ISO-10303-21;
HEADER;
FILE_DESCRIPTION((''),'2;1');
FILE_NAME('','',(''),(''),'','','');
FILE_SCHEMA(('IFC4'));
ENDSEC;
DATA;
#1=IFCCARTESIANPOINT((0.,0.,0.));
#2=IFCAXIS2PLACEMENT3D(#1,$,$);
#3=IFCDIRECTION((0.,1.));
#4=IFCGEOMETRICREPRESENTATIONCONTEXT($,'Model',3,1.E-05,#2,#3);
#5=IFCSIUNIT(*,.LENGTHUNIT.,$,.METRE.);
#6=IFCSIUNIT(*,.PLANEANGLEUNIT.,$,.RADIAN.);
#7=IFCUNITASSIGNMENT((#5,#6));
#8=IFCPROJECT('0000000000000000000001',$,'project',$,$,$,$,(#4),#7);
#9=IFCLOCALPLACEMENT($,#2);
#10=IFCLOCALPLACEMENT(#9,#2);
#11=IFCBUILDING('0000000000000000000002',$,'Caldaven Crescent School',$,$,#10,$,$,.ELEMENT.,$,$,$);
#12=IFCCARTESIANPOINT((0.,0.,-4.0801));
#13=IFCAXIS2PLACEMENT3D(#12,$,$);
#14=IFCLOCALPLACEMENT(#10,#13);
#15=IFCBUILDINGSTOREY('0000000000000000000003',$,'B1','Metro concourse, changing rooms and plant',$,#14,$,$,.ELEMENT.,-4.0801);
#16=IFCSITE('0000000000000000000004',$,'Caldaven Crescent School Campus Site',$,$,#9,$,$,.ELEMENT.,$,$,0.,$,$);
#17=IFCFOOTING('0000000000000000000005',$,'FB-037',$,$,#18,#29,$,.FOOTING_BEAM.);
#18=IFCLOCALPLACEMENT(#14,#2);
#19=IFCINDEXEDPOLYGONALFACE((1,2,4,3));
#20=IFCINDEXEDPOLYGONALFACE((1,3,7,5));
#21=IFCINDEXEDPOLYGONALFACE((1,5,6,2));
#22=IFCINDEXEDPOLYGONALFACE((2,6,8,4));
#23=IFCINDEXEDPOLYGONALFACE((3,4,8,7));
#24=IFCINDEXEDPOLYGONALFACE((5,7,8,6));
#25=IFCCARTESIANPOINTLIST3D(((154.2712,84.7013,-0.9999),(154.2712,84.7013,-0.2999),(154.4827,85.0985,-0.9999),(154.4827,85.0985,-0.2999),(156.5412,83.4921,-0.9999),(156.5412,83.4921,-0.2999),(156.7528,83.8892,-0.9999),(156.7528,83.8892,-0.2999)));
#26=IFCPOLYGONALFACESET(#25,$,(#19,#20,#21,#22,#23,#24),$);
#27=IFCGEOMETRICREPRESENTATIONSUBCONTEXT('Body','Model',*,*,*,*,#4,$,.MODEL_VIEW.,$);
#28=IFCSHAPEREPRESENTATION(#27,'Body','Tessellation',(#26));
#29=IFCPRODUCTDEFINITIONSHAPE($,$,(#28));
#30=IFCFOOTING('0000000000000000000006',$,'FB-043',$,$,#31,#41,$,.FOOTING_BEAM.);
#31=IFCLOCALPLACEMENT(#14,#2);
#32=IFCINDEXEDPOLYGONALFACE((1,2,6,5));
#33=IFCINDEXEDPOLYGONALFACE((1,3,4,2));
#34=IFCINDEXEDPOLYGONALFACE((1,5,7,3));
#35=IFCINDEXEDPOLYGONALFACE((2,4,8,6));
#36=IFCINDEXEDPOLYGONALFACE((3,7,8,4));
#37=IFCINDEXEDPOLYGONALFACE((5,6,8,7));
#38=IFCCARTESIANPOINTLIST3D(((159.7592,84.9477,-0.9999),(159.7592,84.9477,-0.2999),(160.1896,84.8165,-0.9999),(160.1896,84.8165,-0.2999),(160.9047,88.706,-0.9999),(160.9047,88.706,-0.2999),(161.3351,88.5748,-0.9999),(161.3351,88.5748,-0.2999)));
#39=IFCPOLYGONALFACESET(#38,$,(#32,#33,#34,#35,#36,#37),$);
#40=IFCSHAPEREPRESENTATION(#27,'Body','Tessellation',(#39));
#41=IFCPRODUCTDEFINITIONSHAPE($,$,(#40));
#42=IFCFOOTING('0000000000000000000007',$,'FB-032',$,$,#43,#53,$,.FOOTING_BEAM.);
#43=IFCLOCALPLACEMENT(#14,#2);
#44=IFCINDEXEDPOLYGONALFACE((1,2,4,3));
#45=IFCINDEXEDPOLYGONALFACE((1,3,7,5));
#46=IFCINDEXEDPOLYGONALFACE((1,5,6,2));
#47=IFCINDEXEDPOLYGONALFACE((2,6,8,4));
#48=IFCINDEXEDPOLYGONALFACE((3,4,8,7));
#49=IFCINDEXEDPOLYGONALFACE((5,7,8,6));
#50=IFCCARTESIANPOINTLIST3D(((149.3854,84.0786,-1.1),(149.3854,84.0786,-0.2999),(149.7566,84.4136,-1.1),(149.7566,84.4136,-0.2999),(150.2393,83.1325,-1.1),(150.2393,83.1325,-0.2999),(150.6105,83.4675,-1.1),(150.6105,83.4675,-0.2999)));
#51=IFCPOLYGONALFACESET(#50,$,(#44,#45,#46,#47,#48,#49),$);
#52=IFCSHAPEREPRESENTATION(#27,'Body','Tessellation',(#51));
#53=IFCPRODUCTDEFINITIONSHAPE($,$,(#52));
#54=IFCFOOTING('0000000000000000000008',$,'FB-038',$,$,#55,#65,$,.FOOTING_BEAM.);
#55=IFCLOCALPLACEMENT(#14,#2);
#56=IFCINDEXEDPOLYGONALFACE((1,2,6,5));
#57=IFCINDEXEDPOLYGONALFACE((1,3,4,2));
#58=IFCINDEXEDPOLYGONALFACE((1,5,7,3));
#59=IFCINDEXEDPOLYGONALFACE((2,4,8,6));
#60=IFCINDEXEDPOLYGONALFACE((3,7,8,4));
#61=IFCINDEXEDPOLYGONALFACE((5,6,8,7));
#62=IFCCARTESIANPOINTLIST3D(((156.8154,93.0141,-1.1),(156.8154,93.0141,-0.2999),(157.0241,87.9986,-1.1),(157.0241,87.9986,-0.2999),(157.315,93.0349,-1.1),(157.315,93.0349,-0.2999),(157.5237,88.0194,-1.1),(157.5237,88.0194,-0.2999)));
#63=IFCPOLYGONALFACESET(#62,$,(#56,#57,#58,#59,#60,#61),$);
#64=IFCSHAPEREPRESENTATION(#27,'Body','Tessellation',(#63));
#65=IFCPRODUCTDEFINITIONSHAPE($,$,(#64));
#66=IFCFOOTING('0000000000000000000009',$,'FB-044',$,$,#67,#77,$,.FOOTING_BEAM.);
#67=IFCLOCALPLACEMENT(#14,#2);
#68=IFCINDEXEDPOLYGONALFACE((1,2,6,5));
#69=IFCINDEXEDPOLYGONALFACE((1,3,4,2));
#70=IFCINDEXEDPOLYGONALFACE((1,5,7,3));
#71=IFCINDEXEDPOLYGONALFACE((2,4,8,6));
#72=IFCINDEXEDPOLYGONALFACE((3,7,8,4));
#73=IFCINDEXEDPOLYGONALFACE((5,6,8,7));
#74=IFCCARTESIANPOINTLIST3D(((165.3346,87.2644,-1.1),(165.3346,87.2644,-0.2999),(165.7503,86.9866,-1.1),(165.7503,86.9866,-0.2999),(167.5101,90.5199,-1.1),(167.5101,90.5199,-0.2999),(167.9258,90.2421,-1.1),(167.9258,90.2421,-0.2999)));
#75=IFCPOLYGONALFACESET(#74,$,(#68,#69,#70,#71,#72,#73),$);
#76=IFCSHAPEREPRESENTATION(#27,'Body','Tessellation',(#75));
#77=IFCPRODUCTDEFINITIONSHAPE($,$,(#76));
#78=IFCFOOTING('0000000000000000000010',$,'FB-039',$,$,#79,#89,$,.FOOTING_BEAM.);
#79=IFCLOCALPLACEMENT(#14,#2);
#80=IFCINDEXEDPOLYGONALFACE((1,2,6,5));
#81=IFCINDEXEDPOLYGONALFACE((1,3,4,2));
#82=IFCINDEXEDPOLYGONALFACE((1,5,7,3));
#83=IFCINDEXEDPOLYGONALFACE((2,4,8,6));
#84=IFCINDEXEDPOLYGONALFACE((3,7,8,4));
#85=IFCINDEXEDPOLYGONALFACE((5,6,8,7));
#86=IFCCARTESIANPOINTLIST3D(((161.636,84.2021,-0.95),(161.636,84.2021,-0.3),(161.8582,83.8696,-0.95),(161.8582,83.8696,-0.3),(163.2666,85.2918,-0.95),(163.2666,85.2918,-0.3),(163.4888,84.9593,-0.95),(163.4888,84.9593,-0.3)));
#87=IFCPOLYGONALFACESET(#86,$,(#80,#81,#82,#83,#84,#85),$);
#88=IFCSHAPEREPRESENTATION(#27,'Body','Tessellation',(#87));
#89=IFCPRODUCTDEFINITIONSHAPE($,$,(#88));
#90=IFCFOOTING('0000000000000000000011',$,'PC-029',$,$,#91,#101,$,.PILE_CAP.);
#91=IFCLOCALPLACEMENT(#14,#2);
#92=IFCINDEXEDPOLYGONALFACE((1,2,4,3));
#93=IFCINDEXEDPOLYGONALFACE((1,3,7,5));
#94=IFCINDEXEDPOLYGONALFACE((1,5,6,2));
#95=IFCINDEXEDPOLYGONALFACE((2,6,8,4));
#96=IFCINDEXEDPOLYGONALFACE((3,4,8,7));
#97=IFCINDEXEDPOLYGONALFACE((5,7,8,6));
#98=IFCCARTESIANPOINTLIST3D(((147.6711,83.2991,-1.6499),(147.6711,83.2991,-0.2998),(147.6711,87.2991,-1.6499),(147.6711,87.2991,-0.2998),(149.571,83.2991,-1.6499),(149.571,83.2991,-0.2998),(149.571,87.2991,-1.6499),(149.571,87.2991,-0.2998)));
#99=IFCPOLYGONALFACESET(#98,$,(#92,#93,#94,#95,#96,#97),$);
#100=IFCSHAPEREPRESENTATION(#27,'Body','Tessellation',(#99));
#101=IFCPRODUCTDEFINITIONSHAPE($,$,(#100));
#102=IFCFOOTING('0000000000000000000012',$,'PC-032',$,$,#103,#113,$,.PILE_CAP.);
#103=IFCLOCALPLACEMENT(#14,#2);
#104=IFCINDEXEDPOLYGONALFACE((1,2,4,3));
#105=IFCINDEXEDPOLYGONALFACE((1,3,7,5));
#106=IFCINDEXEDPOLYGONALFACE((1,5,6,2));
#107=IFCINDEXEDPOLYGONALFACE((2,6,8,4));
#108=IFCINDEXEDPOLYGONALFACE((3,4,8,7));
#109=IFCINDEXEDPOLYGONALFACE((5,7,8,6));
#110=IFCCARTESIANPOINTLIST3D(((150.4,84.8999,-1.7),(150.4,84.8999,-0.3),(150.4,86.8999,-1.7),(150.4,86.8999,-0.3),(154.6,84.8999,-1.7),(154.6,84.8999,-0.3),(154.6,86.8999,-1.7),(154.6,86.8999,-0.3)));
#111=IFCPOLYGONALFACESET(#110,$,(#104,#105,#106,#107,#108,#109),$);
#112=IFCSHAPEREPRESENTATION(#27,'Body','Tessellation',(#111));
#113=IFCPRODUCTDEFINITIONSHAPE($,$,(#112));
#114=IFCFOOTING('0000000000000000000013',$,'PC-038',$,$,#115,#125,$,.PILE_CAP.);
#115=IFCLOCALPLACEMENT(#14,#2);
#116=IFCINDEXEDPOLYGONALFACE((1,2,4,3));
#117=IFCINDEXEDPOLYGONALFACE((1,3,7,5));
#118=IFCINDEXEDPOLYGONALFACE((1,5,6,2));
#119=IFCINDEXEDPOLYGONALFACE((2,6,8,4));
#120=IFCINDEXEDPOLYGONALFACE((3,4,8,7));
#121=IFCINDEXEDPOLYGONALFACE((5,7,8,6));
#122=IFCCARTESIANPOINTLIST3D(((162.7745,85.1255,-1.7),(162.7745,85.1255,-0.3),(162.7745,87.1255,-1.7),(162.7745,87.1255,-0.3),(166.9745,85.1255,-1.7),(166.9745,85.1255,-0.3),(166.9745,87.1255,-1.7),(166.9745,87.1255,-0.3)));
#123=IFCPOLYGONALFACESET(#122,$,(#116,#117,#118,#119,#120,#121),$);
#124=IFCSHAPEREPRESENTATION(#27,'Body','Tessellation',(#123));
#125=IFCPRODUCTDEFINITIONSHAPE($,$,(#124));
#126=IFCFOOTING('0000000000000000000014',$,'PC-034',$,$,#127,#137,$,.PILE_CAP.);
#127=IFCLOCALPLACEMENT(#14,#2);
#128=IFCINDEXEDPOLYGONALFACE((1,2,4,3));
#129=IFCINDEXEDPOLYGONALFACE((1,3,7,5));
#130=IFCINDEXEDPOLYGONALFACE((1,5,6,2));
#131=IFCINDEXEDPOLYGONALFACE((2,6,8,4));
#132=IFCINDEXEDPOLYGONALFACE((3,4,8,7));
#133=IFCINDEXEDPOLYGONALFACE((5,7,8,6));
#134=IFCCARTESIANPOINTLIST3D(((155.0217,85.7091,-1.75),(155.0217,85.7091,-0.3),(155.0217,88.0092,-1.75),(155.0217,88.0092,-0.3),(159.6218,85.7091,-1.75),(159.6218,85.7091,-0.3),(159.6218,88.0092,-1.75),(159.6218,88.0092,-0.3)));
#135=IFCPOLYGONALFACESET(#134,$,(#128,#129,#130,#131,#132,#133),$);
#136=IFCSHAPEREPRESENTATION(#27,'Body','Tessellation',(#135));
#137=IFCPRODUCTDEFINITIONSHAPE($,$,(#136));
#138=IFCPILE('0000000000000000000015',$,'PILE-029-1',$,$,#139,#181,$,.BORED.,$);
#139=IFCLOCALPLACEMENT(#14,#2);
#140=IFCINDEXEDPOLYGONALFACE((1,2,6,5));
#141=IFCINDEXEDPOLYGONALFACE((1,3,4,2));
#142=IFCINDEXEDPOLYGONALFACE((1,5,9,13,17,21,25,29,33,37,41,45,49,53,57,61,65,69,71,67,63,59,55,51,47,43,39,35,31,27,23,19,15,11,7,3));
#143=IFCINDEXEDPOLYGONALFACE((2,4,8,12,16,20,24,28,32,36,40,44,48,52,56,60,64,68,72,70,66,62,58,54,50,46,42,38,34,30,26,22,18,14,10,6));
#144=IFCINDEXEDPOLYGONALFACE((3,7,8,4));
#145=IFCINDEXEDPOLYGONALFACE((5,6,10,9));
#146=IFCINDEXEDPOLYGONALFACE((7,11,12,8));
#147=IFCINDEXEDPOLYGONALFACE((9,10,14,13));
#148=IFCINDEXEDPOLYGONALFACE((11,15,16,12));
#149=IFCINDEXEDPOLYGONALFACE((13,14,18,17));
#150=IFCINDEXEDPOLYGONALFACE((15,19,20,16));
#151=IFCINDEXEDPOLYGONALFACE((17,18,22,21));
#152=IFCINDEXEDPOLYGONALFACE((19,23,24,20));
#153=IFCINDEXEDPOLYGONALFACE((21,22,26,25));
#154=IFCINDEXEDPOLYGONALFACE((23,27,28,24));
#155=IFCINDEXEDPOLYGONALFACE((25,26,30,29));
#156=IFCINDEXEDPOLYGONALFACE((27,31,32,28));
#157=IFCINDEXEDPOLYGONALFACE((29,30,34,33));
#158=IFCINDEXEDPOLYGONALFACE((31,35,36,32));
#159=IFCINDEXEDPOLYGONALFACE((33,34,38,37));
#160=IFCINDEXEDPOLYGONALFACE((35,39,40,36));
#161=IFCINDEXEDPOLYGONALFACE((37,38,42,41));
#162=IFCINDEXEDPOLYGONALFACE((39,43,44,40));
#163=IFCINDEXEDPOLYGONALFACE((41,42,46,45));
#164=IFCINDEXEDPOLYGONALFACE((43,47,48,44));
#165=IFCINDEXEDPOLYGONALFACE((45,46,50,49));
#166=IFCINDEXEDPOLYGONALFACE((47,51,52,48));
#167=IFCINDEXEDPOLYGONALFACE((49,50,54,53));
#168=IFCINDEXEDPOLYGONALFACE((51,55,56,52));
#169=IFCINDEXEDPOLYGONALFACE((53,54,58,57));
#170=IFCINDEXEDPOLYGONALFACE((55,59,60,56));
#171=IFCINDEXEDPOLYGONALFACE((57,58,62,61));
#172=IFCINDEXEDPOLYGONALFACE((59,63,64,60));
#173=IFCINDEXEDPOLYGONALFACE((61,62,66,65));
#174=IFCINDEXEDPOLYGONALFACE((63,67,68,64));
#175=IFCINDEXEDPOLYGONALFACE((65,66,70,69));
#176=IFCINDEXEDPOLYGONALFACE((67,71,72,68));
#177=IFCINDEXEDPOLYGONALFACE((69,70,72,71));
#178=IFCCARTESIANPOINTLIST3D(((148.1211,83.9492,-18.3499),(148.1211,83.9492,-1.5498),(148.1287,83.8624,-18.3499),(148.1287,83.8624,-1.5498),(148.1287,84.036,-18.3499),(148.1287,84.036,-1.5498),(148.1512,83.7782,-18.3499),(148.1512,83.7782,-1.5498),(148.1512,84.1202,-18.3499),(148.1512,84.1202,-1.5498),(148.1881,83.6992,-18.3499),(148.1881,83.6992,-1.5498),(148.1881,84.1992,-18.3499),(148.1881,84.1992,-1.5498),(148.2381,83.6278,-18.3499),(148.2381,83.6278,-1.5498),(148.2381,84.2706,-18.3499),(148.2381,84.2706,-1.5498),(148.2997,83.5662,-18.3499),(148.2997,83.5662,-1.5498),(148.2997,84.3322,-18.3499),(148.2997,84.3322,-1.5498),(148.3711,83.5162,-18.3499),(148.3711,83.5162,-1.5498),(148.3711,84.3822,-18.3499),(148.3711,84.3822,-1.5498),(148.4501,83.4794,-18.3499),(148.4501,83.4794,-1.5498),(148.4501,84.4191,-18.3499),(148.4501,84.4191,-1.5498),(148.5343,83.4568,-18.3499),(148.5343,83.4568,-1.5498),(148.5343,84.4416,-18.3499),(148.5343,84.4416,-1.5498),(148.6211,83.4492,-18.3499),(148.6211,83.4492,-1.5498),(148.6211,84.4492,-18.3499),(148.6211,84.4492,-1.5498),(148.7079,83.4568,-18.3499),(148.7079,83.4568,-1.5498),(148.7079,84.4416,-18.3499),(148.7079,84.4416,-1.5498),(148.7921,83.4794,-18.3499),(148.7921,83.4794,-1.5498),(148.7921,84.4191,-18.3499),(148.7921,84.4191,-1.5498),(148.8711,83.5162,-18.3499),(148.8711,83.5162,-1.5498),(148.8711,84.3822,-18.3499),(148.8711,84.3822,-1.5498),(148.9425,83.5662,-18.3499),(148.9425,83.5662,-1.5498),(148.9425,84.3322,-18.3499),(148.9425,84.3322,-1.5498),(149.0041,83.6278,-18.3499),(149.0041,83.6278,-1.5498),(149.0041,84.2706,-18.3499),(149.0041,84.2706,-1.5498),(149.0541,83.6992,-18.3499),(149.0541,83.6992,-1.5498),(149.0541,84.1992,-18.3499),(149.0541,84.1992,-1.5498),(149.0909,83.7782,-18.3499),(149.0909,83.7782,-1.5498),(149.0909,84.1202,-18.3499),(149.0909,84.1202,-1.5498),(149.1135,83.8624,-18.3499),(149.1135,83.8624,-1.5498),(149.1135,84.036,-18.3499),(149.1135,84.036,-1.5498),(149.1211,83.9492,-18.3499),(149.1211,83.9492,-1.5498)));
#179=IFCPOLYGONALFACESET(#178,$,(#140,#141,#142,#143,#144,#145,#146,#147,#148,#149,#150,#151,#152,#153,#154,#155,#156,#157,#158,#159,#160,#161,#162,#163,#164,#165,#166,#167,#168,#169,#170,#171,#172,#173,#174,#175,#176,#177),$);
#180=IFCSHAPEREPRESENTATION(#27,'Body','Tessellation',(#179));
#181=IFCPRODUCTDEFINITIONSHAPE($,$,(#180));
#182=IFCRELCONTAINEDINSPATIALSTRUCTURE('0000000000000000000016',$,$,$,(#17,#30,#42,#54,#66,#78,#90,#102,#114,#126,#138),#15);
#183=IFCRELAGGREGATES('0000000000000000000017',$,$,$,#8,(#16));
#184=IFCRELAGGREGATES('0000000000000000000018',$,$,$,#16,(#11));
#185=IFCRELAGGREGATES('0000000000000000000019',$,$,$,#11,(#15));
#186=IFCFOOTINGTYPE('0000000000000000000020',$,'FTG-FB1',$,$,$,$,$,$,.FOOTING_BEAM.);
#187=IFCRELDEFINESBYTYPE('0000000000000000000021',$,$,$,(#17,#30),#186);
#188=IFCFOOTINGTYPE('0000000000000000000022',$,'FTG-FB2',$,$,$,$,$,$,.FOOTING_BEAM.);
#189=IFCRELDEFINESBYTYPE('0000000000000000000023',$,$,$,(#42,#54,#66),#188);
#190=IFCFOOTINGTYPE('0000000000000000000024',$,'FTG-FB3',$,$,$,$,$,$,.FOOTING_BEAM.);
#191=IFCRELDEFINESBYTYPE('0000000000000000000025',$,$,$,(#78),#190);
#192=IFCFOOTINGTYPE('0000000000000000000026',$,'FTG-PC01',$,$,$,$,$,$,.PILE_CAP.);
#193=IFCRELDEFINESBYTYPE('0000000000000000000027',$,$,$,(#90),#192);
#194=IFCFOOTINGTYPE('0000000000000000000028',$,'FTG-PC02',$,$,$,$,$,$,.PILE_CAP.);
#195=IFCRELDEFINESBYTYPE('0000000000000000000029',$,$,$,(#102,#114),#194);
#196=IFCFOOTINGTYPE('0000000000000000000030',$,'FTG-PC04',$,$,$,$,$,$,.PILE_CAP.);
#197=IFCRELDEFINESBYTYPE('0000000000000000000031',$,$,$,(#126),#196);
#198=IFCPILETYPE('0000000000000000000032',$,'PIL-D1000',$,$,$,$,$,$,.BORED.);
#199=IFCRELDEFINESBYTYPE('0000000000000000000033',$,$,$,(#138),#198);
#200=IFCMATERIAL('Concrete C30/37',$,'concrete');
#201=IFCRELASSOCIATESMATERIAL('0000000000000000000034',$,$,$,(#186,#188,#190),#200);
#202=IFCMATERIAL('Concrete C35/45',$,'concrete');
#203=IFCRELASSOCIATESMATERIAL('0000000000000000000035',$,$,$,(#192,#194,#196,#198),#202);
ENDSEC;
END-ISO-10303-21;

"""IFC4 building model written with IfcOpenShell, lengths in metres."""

from ifc_helpers import new_model, si_unit, direction, frame, origin, origin_2d, place, context, subcontext, project, spatial, rectangle, circle, extrude, material, material_profile, profile_set, type_object, element, save


model = new_model("IFC4")

# Units and contexts
model_context = context("Model", 3, precision=1e-05, world=origin(), true_north=direction((0.0, 1.0)))
body_context = subcontext(model_context, "Body", "Model", "MODEL_VIEW")
ifc_project = project(units=[si_unit("LENGTHUNIT", "METRE"), si_unit("PLANEANGLEUNIT", "RADIAN")], contexts=[model_context])

# Site, building, storey
site_placement = place(None, origin())
site = spatial("IfcSite", under=ifc_project, at=site_placement, Name="Caldaven Crescent School Campus Site", CompositionType="ELEMENT", RefElevation=0.0)
building_placement = place(site_placement, origin())
building = spatial("IfcBuilding", under=site, at=building_placement, Name="Caldaven Crescent School", CompositionType="ELEMENT")
storey_placement = place(building_placement, frame((0.0, 0.0, -4.0801)))
storey = spatial("IfcBuildingStorey", under=building, at=storey_placement, Name="B1", Description="Metro concourse, changing rooms and plant", CompositionType="ELEMENT", Elevation=-4.0801)

# Footings
ifc_material_1 = material(Name="Concrete C30/37", Category="concrete")
ifc_material_profile_1 = material_profile(ifc_material_1, rectangle(XDim=0.45, YDim=0.7, at=origin_2d()), Name="FB 450x700")
ifc_profile_set_1 = profile_set([ifc_material_profile_1], Name="Concrete C30/37")
footing_type_1 = type_object("IfcFootingType", Name="FTG-FB1", PredefinedType="FOOTING_BEAM", material=ifc_profile_set_1)
footing_1_placement = place(storey_placement, frame((154.377, 84.8999, -0.6499), z_axis=(0.882587, -0.47015, 0.0), x_axis=(0.47015, 0.882587, 0.0)))
element("IfcFooting", 1, at=footing_1_placement, inside=storey, type_object=footing_type_1, Name="FB-037", PredefinedType="FOOTING_BEAM", context=body_context, shape_type="SweptSolid", body=[
    extrude(rectangle(XDim=0.45, YDim=0.7, at=origin_2d()), origin(), (0.0, 0.0, 1.0), 2.572),
])
footing_2_placement = place(storey_placement, frame((161.1199, 88.6404, -0.6499), z_axis=(-0.291552, -0.956555, 0.0), x_axis=(0.956555, -0.291552, 0.0)))
element("IfcFooting", 2, at=footing_2_placement, inside=storey, type_object=footing_type_1, Name="FB-043", PredefinedType="FOOTING_BEAM", context=body_context, shape_type="SweptSolid", body=[
    extrude(rectangle(XDim=0.45, YDim=0.7, at=origin_2d()), origin(), (0.0, 0.0, 1.0), 3.929),
])
ifc_material_profile_2 = material_profile(ifc_material_1, rectangle(XDim=0.5, YDim=0.8, at=origin_2d()), Name="FB 500x800")
ifc_profile_set_2 = profile_set([ifc_material_profile_2], Name="Concrete C30/37")
footing_type_2 = type_object("IfcFootingType", Name="FTG-FB2", PredefinedType="FOOTING_BEAM", material=ifc_profile_set_2)
footing_3_placement = place(storey_placement, frame((149.571, 84.2461, -0.7), z_axis=(0.66997, -0.742388, 0.0), x_axis=(0.742388, 0.66997, 0.0)))
element("IfcFooting", 3, at=footing_3_placement, inside=storey, type_object=footing_type_2, Name="FB-032", PredefinedType="FOOTING_BEAM", context=body_context, shape_type="SweptSolid", body=[
    extrude(rectangle(XDim=0.5, YDim=0.8, at=origin_2d()), origin(), (0.0, 0.0, 1.0), 1.2744),
])
footing_4_placement = place(storey_placement, frame((157.2739, 88.009, -0.7), z_axis=(-0.041584, 0.999135, 0.0), x_axis=(-0.999135, -0.041584, 0.0)))
element("IfcFooting", 4, at=footing_4_placement, inside=storey, type_object=footing_type_2, Name="FB-038", PredefinedType="FOOTING_BEAM", context=body_context, shape_type="SweptSolid", body=[
    extrude(rectangle(XDim=0.5, YDim=0.8, at=origin_2d()), origin(), (0.0, 0.0, 1.0), 5.0198),
])
footing_5_placement = place(storey_placement, frame((165.5425, 87.1255, -0.7), z_axis=(0.555606, 0.831445, 0.0), x_axis=(-0.831445, 0.555606, 0.0)))
element("IfcFooting", 5, at=footing_5_placement, inside=storey, type_object=footing_type_2, Name="FB-044", PredefinedType="FOOTING_BEAM", context=body_context, shape_type="SweptSolid", body=[
    extrude(rectangle(XDim=0.5, YDim=0.8, at=origin_2d()), origin(), (0.0, 0.0, 1.0), 3.9155),
])
ifc_material_profile_3 = material_profile(ifc_material_1, rectangle(XDim=0.3999, YDim=0.6499, at=origin_2d()), Name="FB 400x650")
ifc_profile_set_3 = profile_set([ifc_material_profile_3], Name="Concrete C30/37")
footing_type_3 = type_object("IfcFootingType", Name="FTG-FB3", PredefinedType="FOOTING_BEAM", material=ifc_profile_set_3)
footing_6_placement = place(storey_placement, frame((161.7471, 84.0359, -0.625), z_axis=(0.831456, 0.55559, 0.0), x_axis=(-0.55559, 0.831456, 0.0)))
element("IfcFooting", 6, at=footing_6_placement, inside=storey, type_object=footing_type_3, Name="FB-039", PredefinedType="FOOTING_BEAM", context=body_context, shape_type="SweptSolid", body=[
    extrude(rectangle(XDim=0.3999, YDim=0.6499, at=origin_2d()), origin(), (0.0, 0.0, 1.0), 1.9612),
])
ifc_material_2 = material(Name="Concrete C35/45", Category="concrete")
footing_type_4 = type_object("IfcFootingType", Name="FTG-PC01", PredefinedType="PILE_CAP", material=ifc_material_2)
footing_7_placement = place(storey_placement, frame((148.6211, 85.2991, -1.6499), z_axis=(0.0, 0.0, 1.0), x_axis=(0.0, 1.0, 0.0)))
element("IfcFooting", 7, at=footing_7_placement, inside=storey, type_object=footing_type_4, Name="PC-029", PredefinedType="PILE_CAP", context=body_context, shape_type="SweptSolid", body=[
    extrude(rectangle(XDim=4.0, YDim=1.8999, at=origin_2d()), origin(), (0.0, 0.0, 1.0), 1.3501),
])
footing_type_5 = type_object("IfcFootingType", Name="FTG-PC02", PredefinedType="PILE_CAP", material=ifc_material_2)
for number, where, z_axis, x_axis, name in (
    (8, (152.5, 85.8999, -1.7), (0.0, 0.0, 1.0), (1.0, 0.0, 0.0), "PC-032"),
    (9, (164.8745, 86.1255, -1.7), (0.0, 0.0, 1.0), (1.0, 0.0, 0.0), "PC-038"),
):
    element("IfcFooting", number, at=place(storey_placement, frame(where, z_axis=z_axis, x_axis=x_axis)), inside=storey, type_object=footing_type_5, Name=name, PredefinedType="PILE_CAP", context=body_context, shape_type="SweptSolid", body=[
        extrude(rectangle(XDim=4.2, YDim=2.0, at=origin_2d()), origin(), (0.0, 0.0, 1.0), 1.3999),
    ])
footing_type_6 = type_object("IfcFootingType", Name="FTG-PC04", PredefinedType="PILE_CAP", material=ifc_material_2)
footing_8_placement = place(storey_placement, frame((157.3218, 86.8591, -1.75), z_axis=(0.0, 0.0, 1.0), x_axis=(1.0, 0.0, 0.0)))
element("IfcFooting", 10, at=footing_8_placement, inside=storey, type_object=footing_type_6, Name="PC-034", PredefinedType="PILE_CAP", context=body_context, shape_type="SweptSolid", body=[
    extrude(rectangle(XDim=4.6001, YDim=2.3, at=origin_2d()), origin(), (0.0, 0.0, 1.0), 1.45),
])

# Pile
ifc_material_profile_4 = material_profile(ifc_material_2, circle(Radius=0.5, at=origin_2d()), Name="PILE D1000")
ifc_profile_set_4 = profile_set([ifc_material_profile_4], Name="Concrete C35/45")
pile_type_1 = type_object("IfcPileType", Name="PIL-D1000", PredefinedType="BORED", material=ifc_profile_set_4)
for number, where, z_axis, x_axis, name in (
    (11, (148.6211, 83.9492, -1.5498), (0.0, 0.0, -1.0), (1.0, 0.0, 0.0), "PILE-029-1"),
):
    element("IfcPile", number, at=place(storey_placement, frame(where, z_axis=z_axis, x_axis=x_axis)), inside=storey, type_object=pile_type_1, Name=name, PredefinedType="BORED", context=body_context, shape_type="SweptSolid", body=[
        extrude(circle(Radius=0.5, at=origin_2d()), origin(), (0.0, 0.0, 1.0), 16.8),
    ])

save(model, "model.ifc")
